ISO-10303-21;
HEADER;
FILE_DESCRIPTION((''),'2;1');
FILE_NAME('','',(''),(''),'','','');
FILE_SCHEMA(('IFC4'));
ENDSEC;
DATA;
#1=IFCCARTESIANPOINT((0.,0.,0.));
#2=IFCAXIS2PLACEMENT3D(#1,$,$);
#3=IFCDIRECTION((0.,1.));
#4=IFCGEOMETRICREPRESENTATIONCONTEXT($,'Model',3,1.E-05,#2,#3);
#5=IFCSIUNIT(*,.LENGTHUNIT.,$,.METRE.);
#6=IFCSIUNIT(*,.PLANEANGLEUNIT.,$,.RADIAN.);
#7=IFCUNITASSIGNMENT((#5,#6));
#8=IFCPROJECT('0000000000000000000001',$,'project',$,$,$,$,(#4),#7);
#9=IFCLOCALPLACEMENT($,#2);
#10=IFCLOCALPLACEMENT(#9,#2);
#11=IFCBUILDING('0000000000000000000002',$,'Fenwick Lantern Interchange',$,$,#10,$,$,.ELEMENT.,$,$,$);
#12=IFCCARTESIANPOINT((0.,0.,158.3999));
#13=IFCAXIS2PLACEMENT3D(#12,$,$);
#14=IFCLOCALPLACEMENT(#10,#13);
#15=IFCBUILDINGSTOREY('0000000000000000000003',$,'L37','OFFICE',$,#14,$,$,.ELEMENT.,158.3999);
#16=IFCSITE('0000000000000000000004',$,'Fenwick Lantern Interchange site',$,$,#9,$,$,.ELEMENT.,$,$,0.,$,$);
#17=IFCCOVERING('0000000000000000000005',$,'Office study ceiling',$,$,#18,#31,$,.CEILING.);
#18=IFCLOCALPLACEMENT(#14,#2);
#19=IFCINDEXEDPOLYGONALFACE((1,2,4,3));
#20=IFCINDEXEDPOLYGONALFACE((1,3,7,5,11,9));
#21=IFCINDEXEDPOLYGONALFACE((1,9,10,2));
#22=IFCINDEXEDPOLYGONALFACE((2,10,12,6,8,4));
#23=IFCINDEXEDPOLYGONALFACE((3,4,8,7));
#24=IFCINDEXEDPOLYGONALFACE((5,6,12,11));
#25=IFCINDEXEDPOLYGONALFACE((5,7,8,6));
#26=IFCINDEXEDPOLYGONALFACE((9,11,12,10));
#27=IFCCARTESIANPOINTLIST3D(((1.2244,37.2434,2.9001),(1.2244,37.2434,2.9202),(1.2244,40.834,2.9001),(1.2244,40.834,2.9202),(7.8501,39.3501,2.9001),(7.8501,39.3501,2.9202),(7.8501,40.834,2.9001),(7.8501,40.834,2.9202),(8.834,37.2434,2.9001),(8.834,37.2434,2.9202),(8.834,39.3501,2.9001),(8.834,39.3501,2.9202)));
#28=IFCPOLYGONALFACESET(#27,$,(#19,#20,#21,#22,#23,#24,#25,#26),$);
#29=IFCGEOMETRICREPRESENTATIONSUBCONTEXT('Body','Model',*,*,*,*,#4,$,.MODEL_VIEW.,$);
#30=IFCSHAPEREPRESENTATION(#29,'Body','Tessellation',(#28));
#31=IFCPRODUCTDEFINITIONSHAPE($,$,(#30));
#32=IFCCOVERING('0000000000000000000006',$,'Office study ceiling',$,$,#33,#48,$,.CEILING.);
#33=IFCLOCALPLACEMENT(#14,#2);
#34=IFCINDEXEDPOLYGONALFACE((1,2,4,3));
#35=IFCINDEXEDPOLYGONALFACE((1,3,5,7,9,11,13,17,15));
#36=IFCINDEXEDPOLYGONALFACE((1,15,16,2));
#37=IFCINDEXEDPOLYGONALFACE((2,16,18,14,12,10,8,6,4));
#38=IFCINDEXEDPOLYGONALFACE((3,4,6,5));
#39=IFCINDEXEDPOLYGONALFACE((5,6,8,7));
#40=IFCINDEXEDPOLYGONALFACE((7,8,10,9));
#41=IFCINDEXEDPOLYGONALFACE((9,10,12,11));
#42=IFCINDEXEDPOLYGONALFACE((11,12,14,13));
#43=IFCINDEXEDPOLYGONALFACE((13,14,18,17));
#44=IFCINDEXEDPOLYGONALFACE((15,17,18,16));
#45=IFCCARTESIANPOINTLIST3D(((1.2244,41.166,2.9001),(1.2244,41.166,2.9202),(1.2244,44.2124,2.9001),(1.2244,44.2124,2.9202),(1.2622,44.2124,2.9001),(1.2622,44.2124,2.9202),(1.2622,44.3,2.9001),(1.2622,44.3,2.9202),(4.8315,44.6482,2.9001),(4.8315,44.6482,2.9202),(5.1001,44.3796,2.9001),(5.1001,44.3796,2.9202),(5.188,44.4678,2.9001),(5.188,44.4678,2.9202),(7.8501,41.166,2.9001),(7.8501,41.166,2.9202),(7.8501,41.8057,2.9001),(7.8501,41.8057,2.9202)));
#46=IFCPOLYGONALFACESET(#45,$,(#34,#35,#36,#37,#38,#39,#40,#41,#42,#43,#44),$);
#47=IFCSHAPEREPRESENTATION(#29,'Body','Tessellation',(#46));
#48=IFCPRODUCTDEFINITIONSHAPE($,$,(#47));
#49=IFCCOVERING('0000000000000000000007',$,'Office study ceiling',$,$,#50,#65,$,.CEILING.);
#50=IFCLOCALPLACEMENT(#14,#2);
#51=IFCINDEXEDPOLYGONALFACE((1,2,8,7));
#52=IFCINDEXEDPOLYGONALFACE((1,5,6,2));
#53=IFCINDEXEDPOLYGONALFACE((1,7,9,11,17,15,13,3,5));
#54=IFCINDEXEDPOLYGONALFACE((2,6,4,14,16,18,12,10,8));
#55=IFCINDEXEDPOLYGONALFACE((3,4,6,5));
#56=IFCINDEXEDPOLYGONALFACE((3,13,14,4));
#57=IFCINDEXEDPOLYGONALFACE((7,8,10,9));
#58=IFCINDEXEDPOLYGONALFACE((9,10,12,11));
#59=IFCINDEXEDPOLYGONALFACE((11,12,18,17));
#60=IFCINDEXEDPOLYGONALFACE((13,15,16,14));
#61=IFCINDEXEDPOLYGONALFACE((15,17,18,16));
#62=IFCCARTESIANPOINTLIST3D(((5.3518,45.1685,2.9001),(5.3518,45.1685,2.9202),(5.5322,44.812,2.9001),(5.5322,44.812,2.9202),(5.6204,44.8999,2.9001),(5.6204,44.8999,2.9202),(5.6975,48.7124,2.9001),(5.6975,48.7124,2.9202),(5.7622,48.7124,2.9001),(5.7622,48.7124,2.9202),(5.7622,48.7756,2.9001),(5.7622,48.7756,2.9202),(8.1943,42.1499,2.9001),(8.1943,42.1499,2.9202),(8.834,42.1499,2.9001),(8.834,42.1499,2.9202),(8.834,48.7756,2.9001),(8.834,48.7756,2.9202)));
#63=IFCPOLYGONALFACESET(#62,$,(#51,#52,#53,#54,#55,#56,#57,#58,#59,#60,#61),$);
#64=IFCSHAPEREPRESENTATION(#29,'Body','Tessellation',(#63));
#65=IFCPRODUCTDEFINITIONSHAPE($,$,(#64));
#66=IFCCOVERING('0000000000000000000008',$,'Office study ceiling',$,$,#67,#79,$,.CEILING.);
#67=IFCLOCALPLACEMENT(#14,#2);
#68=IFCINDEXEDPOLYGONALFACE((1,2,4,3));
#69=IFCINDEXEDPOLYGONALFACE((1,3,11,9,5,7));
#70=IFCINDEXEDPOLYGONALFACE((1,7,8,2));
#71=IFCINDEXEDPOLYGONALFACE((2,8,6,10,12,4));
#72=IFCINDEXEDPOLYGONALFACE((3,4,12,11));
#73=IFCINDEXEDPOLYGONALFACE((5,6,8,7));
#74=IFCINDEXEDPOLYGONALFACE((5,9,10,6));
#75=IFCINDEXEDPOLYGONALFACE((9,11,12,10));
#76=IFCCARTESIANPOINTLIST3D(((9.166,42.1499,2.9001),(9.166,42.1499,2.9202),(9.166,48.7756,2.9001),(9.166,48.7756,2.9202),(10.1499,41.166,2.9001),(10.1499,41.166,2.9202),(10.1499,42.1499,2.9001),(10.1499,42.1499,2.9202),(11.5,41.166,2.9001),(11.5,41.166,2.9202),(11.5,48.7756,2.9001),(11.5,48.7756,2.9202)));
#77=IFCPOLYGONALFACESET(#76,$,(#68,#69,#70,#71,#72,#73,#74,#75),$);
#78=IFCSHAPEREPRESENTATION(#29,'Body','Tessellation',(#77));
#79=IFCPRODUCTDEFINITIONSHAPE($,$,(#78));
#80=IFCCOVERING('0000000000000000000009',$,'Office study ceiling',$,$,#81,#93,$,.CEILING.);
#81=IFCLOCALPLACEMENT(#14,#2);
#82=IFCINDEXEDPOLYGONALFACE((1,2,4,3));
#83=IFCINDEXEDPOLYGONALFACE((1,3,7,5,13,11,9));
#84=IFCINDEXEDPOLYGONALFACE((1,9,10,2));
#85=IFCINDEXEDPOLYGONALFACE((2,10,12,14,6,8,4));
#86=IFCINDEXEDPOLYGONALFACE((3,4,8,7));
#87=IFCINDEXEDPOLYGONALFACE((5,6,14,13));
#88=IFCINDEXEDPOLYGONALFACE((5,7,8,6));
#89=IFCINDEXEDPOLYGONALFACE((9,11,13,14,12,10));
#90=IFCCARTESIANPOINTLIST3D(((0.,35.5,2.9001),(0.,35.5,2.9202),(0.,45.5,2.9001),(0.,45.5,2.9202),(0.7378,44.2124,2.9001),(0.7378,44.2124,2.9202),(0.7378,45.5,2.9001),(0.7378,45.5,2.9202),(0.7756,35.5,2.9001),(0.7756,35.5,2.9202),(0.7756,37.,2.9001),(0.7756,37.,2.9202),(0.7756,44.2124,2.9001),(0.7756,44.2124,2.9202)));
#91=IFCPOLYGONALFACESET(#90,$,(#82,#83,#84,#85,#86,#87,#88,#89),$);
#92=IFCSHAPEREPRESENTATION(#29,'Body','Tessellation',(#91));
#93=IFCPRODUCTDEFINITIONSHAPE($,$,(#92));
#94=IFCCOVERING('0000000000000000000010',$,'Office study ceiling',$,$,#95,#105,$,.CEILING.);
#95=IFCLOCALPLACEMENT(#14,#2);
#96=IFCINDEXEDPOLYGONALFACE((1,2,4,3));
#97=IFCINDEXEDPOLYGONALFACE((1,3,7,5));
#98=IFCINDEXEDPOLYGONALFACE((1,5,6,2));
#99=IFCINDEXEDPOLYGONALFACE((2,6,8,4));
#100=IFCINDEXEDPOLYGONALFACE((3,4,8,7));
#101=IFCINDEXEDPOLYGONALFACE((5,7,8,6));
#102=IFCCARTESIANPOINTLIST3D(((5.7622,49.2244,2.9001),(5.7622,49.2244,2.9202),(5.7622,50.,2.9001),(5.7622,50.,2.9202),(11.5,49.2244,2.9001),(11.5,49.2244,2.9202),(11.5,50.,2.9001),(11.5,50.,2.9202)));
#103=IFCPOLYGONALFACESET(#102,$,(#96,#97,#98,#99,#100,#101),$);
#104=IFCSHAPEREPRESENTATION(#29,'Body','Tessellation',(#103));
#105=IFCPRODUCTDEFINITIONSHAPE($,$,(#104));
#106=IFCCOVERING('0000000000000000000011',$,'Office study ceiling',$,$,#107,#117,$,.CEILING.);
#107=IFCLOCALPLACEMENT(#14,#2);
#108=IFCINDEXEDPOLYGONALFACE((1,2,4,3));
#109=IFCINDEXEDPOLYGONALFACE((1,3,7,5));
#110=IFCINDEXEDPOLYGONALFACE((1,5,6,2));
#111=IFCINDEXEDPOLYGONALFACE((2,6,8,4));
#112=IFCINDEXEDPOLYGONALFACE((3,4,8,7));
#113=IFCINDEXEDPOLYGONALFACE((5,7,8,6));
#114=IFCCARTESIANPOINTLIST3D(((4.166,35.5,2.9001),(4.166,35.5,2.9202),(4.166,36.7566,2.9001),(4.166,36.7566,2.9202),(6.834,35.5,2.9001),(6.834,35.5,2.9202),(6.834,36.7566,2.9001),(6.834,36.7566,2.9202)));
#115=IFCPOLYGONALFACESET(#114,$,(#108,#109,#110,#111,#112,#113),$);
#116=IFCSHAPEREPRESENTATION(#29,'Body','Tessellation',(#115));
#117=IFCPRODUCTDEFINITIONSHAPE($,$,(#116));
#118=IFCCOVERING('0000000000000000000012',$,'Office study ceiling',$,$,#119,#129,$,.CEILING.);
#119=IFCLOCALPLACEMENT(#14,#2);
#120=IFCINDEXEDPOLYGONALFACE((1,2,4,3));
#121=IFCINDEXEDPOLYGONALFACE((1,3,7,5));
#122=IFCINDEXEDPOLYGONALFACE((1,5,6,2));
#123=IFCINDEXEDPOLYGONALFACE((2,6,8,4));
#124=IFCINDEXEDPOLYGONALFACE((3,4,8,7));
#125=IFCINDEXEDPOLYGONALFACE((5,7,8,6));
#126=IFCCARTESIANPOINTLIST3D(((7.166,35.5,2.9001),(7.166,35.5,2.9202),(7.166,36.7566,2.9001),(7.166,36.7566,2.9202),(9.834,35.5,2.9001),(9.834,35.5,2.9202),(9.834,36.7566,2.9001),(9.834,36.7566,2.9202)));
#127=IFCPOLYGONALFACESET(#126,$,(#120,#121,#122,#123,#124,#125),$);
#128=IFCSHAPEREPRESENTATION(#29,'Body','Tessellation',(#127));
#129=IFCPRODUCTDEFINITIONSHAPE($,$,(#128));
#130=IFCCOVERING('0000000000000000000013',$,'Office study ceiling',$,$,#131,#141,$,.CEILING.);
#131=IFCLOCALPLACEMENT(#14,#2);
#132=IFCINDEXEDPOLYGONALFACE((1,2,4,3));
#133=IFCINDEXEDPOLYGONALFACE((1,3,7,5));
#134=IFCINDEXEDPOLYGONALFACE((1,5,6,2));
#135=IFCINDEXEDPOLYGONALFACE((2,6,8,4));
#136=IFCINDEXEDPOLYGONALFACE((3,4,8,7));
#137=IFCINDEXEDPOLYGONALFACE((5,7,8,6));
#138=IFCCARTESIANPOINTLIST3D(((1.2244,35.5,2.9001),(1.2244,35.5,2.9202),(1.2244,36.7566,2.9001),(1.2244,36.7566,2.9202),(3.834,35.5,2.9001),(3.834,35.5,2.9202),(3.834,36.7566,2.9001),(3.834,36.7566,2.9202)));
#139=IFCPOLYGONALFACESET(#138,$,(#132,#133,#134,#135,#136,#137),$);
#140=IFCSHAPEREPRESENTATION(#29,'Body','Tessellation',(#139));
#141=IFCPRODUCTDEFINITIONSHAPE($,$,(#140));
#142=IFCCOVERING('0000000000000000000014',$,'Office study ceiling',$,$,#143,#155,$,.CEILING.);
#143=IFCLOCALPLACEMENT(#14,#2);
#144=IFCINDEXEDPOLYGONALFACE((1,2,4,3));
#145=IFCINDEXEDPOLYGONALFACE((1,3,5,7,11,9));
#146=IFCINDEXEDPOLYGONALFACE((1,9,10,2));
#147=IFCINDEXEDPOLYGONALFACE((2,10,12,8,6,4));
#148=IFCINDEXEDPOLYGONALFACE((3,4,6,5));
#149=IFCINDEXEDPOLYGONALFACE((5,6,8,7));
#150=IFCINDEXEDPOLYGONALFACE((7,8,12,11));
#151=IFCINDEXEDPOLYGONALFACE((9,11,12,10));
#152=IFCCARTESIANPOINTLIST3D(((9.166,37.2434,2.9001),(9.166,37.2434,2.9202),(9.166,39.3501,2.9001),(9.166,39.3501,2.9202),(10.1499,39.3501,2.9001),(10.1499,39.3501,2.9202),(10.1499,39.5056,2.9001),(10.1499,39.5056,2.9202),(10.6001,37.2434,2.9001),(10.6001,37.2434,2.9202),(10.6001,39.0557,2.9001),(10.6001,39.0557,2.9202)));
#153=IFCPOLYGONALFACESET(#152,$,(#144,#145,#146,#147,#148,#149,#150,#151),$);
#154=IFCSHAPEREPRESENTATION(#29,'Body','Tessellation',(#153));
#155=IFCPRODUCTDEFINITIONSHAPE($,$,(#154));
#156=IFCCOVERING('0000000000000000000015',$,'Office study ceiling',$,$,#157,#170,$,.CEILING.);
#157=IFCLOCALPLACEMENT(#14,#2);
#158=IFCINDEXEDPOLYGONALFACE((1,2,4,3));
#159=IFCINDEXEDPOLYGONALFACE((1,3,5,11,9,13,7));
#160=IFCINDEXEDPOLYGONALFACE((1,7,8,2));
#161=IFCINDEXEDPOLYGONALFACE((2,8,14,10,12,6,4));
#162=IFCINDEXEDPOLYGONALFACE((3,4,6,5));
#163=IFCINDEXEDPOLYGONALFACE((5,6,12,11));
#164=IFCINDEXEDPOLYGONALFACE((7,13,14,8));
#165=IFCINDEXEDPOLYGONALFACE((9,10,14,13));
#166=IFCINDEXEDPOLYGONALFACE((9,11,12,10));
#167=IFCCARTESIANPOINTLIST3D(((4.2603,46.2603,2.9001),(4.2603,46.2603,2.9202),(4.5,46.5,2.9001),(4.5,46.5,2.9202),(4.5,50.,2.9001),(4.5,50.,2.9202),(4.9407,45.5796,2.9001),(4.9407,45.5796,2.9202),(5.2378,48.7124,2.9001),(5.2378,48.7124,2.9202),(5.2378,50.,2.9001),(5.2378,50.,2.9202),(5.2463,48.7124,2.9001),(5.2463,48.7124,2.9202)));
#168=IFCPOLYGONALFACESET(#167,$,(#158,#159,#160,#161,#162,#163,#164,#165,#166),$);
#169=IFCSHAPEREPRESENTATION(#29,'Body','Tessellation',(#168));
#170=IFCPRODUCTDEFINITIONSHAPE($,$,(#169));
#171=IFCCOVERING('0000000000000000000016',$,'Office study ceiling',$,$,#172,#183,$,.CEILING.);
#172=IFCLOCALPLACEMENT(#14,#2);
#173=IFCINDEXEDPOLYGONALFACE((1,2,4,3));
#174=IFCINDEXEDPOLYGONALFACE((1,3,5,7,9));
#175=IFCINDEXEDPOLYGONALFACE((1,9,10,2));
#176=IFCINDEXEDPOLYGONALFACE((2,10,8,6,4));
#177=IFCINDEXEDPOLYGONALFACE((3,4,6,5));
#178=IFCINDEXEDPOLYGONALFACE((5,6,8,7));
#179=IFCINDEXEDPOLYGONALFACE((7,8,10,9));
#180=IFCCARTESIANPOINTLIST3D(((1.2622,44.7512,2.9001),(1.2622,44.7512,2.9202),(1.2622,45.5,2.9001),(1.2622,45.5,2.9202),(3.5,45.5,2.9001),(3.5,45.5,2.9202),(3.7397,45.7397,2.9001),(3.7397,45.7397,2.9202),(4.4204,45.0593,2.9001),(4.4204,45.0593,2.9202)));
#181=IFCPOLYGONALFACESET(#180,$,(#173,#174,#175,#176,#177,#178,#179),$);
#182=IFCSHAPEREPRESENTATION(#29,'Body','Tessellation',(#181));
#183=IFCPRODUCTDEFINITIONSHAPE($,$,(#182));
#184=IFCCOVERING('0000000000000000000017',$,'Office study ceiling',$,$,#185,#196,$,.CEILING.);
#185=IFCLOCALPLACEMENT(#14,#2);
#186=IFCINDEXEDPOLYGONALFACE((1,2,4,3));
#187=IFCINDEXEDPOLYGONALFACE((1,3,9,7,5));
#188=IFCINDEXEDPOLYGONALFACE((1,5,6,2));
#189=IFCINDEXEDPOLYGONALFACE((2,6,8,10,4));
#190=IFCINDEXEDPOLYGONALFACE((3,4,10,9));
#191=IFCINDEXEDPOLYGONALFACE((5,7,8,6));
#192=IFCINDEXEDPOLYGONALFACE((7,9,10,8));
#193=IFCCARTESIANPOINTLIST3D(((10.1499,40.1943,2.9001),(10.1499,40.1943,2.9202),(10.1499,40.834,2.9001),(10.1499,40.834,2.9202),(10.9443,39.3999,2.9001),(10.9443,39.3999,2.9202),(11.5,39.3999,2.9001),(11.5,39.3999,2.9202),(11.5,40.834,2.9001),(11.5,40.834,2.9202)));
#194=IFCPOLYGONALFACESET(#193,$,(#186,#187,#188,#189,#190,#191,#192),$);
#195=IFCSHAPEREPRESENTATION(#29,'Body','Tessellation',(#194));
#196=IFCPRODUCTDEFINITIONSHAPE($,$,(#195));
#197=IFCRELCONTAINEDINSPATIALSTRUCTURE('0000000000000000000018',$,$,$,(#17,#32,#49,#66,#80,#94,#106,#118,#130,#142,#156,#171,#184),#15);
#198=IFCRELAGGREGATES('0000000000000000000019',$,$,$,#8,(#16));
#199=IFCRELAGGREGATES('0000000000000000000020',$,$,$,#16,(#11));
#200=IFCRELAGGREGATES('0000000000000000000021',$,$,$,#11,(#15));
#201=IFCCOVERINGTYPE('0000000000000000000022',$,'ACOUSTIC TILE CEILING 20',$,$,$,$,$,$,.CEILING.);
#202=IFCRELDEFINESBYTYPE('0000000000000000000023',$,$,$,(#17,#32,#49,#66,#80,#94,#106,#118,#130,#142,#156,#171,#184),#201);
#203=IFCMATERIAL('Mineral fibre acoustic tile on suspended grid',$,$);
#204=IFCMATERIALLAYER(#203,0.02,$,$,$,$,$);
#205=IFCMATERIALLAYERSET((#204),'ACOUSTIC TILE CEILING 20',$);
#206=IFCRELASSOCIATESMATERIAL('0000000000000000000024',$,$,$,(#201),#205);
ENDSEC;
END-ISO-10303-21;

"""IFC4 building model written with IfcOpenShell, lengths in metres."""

from ifc_helpers import new_model, si_unit, direction, frame, origin, place, context, subcontext, project, spatial, polyline, outline, extrude, material, layer, layer_set, type_object, element, save


model = new_model("IFC4")

# Units and contexts
model_context = context("Model", 3, precision=1e-05, world=origin(), true_north=direction((0.0, 1.0)))
body_context = subcontext(model_context, "Body", "Model", "MODEL_VIEW")
ifc_project = project(units=[si_unit("LENGTHUNIT", "METRE"), si_unit("PLANEANGLEUNIT", "RADIAN")], contexts=[model_context])

# Site, building, storey
site_placement = place(None, origin())
site = spatial("IfcSite", under=ifc_project, at=site_placement, Name="Fenwick Lantern Interchange site", CompositionType="ELEMENT", RefElevation=0.0)
building_placement = place(site_placement, origin())
building = spatial("IfcBuilding", under=site, at=building_placement, Name="Fenwick Lantern Interchange", CompositionType="ELEMENT")
storey_placement = place(building_placement, frame((0.0, 0.0, 158.3999)))
storey = spatial("IfcBuildingStorey", under=building, at=storey_placement, Name="L37", Description="OFFICE", CompositionType="ELEMENT", Elevation=158.3999)

# Coverings
ifc_material_1 = material(Name="Mineral fibre acoustic tile on suspended grid")
ifc_layer_1 = layer(ifc_material_1, 0.02)
ifc_layer_set_1 = layer_set([ifc_layer_1], Name="ACOUSTIC TILE CEILING 20")
covering_type_1 = type_object("IfcCoveringType", Name="ACOUSTIC TILE CEILING 20", PredefinedType="CEILING", material=ifc_layer_set_1)
covering_1_placement = place(storey_placement, frame((0.0, 0.0, 2.9001)))
element("IfcCovering", 1, at=covering_1_placement, inside=storey, type_object=covering_type_1, Name="Office study ceiling", PredefinedType="CEILING", context=body_context, shape_type="SweptSolid", body=[
    extrude(outline(polyline([(7.8501, 39.3501), (7.8501, 40.834), (1.2244, 40.834), (1.2244, 37.2434), (8.834, 37.2434), (8.834, 39.3501), (7.8501, 39.3501)])), origin(), (0.0, 0.0, 1.0), 0.02),
])
covering_2_placement = place(storey_placement, frame((0.0, 0.0, 2.9001)))
element("IfcCovering", 2, at=covering_2_placement, inside=storey, type_object=covering_type_1, Name="Office study ceiling", PredefinedType="CEILING", context=body_context, shape_type="SweptSolid", body=[
    extrude(outline(polyline([(1.2622, 44.2124), (1.2244, 44.2124), (1.2244, 41.166), (7.8501, 41.166), (7.8501, 41.8057), (5.188, 44.4678), (5.1001, 44.3796), (4.8315, 44.6482), (1.2622, 44.3), (1.2622, 44.2124)])), origin(), (0.0, 0.0, 1.0), 0.02),
])
covering_3_placement = place(storey_placement, frame((0.0, 0.0, 2.9001)))
element("IfcCovering", 3, at=covering_3_placement, inside=storey, type_object=covering_type_1, Name="Office study ceiling", PredefinedType="CEILING", context=body_context, shape_type="SweptSolid", body=[
    extrude(outline(polyline([(5.7622, 48.7124), (5.6975, 48.7124), (5.3518, 45.1685), (5.6204, 44.8999), (5.5322, 44.812), (8.1943, 42.1499), (8.834, 42.1499), (8.834, 48.7756), (5.7622, 48.7756), (5.7622, 48.7124)])), origin(), (0.0, 0.0, 1.0), 0.02),
])
covering_4_placement = place(storey_placement, frame((0.0, 0.0, 2.9001)))
element("IfcCovering", 4, at=covering_4_placement, inside=storey, type_object=covering_type_1, Name="Office study ceiling", PredefinedType="CEILING", context=body_context, shape_type="SweptSolid", body=[
    extrude(outline(polyline([(11.5, 41.166), (11.5, 48.7756), (9.166, 48.7756), (9.166, 42.1499), (10.1499, 42.1499), (10.1499, 41.166), (11.5, 41.166)])), origin(), (0.0, 0.0, 1.0), 0.02),
])
covering_5_placement = place(storey_placement, frame((0.0, 0.0, 2.9001)))
element("IfcCovering", 5, at=covering_5_placement, inside=storey, type_object=covering_type_1, Name="Office study ceiling", PredefinedType="CEILING", context=body_context, shape_type="SweptSolid", body=[
    extrude(outline(polyline([(0.0, 35.5), (0.7756, 35.5), (0.7756, 37.0), (0.7756, 37.0), (0.7756, 44.2124), (0.7378, 44.2124), (0.7378, 45.5), (0.0, 45.5), (0.0, 35.5)])), origin(), (0.0, 0.0, 1.0), 0.02),
])
covering_6_placement = place(storey_placement, frame((0.0, 0.0, 2.9001)))
element("IfcCovering", 6, at=covering_6_placement, inside=storey, type_object=covering_type_1, Name="Office study ceiling", PredefinedType="CEILING", context=body_context, shape_type="SweptSolid", body=[
    extrude(outline(polyline([(5.7622, 50.0), (5.7622, 49.2244), (11.5, 49.2244), (11.5, 50.0), (5.7622, 50.0)])), origin(), (0.0, 0.0, 1.0), 0.02),
])
covering_7_placement = place(storey_placement, frame((0.0, 0.0, 2.9001)))
element("IfcCovering", 7, at=covering_7_placement, inside=storey, type_object=covering_type_1, Name="Office study ceiling", PredefinedType="CEILING", context=body_context, shape_type="SweptSolid", body=[
    extrude(outline(polyline([(4.166, 35.5), (6.834, 35.5), (6.834, 36.7566), (4.166, 36.7566), (4.166, 35.5)])), origin(), (0.0, 0.0, 1.0), 0.02),
])
covering_8_placement = place(storey_placement, frame((0.0, 0.0, 2.9001)))
element("IfcCovering", 8, at=covering_8_placement, inside=storey, type_object=covering_type_1, Name="Office study ceiling", PredefinedType="CEILING", context=body_context, shape_type="SweptSolid", body=[
    extrude(outline(polyline([(7.166, 35.5), (9.834, 35.5), (9.834, 36.7566), (7.166, 36.7566), (7.166, 35.5)])), origin(), (0.0, 0.0, 1.0), 0.02),
])
covering_9_placement = place(storey_placement, frame((0.0, 0.0, 2.9001)))
element("IfcCovering", 9, at=covering_9_placement, inside=storey, type_object=covering_type_1, Name="Office study ceiling", PredefinedType="CEILING", context=body_context, shape_type="SweptSolid", body=[
    extrude(outline(polyline([(1.2244, 35.5), (3.834, 35.5), (3.834, 36.7566), (1.2244, 36.7566), (1.2244, 35.5)])), origin(), (0.0, 0.0, 1.0), 0.02),
])
covering_10_placement = place(storey_placement, frame((0.0, 0.0, 2.9001)))
element("IfcCovering", 10, at=covering_10_placement, inside=storey, type_object=covering_type_1, Name="Office study ceiling", PredefinedType="CEILING", context=body_context, shape_type="SweptSolid", body=[
    extrude(outline(polyline([(10.6001, 37.2434), (10.6001, 39.0557), (10.1499, 39.5056), (10.1499, 39.3501), (9.166, 39.3501), (9.166, 37.2434), (10.6001, 37.2434)])), origin(), (0.0, 0.0, 1.0), 0.02),
])
covering_11_placement = place(storey_placement, frame((0.0, 0.0, 2.9001)))
element("IfcCovering", 11, at=covering_11_placement, inside=storey, type_object=covering_type_1, Name="Office study ceiling", PredefinedType="CEILING", context=body_context, shape_type="SweptSolid", body=[
    extrude(outline(polyline([(5.2463, 48.7124), (5.2378, 48.7124), (5.2378, 50.0), (4.5, 50.0), (4.5, 46.5), (4.2603, 46.2603), (4.9407, 45.5796), (5.2463, 48.7124)])), origin(), (0.0, 0.0, 1.0), 0.02),
])
covering_12_placement = place(storey_placement, frame((0.0, 0.0, 2.9001)))
element("IfcCovering", 12, at=covering_12_placement, inside=storey, type_object=covering_type_1, Name="Office study ceiling", PredefinedType="CEILING", context=body_context, shape_type="SweptSolid", body=[
    extrude(outline(polyline([(1.2622, 45.5), (1.2622, 44.7512), (4.4204, 45.0593), (3.7397, 45.7397), (3.5, 45.5), (1.2622, 45.5)])), origin(), (0.0, 0.0, 1.0), 0.02),
])
covering_13_placement = place(storey_placement, frame((0.0, 0.0, 2.9001)))
element("IfcCovering", 13, at=covering_13_placement, inside=storey, type_object=covering_type_1, Name="Office study ceiling", PredefinedType="CEILING", context=body_context, shape_type="SweptSolid", body=[
    extrude(outline(polyline([(11.5, 39.3999), (11.5, 40.834), (10.1499, 40.834), (10.1499, 40.1943), (10.9443, 39.3999), (11.5, 39.3999)])), origin(), (0.0, 0.0, 1.0), 0.02),
])

save(model, "model.ifc")
